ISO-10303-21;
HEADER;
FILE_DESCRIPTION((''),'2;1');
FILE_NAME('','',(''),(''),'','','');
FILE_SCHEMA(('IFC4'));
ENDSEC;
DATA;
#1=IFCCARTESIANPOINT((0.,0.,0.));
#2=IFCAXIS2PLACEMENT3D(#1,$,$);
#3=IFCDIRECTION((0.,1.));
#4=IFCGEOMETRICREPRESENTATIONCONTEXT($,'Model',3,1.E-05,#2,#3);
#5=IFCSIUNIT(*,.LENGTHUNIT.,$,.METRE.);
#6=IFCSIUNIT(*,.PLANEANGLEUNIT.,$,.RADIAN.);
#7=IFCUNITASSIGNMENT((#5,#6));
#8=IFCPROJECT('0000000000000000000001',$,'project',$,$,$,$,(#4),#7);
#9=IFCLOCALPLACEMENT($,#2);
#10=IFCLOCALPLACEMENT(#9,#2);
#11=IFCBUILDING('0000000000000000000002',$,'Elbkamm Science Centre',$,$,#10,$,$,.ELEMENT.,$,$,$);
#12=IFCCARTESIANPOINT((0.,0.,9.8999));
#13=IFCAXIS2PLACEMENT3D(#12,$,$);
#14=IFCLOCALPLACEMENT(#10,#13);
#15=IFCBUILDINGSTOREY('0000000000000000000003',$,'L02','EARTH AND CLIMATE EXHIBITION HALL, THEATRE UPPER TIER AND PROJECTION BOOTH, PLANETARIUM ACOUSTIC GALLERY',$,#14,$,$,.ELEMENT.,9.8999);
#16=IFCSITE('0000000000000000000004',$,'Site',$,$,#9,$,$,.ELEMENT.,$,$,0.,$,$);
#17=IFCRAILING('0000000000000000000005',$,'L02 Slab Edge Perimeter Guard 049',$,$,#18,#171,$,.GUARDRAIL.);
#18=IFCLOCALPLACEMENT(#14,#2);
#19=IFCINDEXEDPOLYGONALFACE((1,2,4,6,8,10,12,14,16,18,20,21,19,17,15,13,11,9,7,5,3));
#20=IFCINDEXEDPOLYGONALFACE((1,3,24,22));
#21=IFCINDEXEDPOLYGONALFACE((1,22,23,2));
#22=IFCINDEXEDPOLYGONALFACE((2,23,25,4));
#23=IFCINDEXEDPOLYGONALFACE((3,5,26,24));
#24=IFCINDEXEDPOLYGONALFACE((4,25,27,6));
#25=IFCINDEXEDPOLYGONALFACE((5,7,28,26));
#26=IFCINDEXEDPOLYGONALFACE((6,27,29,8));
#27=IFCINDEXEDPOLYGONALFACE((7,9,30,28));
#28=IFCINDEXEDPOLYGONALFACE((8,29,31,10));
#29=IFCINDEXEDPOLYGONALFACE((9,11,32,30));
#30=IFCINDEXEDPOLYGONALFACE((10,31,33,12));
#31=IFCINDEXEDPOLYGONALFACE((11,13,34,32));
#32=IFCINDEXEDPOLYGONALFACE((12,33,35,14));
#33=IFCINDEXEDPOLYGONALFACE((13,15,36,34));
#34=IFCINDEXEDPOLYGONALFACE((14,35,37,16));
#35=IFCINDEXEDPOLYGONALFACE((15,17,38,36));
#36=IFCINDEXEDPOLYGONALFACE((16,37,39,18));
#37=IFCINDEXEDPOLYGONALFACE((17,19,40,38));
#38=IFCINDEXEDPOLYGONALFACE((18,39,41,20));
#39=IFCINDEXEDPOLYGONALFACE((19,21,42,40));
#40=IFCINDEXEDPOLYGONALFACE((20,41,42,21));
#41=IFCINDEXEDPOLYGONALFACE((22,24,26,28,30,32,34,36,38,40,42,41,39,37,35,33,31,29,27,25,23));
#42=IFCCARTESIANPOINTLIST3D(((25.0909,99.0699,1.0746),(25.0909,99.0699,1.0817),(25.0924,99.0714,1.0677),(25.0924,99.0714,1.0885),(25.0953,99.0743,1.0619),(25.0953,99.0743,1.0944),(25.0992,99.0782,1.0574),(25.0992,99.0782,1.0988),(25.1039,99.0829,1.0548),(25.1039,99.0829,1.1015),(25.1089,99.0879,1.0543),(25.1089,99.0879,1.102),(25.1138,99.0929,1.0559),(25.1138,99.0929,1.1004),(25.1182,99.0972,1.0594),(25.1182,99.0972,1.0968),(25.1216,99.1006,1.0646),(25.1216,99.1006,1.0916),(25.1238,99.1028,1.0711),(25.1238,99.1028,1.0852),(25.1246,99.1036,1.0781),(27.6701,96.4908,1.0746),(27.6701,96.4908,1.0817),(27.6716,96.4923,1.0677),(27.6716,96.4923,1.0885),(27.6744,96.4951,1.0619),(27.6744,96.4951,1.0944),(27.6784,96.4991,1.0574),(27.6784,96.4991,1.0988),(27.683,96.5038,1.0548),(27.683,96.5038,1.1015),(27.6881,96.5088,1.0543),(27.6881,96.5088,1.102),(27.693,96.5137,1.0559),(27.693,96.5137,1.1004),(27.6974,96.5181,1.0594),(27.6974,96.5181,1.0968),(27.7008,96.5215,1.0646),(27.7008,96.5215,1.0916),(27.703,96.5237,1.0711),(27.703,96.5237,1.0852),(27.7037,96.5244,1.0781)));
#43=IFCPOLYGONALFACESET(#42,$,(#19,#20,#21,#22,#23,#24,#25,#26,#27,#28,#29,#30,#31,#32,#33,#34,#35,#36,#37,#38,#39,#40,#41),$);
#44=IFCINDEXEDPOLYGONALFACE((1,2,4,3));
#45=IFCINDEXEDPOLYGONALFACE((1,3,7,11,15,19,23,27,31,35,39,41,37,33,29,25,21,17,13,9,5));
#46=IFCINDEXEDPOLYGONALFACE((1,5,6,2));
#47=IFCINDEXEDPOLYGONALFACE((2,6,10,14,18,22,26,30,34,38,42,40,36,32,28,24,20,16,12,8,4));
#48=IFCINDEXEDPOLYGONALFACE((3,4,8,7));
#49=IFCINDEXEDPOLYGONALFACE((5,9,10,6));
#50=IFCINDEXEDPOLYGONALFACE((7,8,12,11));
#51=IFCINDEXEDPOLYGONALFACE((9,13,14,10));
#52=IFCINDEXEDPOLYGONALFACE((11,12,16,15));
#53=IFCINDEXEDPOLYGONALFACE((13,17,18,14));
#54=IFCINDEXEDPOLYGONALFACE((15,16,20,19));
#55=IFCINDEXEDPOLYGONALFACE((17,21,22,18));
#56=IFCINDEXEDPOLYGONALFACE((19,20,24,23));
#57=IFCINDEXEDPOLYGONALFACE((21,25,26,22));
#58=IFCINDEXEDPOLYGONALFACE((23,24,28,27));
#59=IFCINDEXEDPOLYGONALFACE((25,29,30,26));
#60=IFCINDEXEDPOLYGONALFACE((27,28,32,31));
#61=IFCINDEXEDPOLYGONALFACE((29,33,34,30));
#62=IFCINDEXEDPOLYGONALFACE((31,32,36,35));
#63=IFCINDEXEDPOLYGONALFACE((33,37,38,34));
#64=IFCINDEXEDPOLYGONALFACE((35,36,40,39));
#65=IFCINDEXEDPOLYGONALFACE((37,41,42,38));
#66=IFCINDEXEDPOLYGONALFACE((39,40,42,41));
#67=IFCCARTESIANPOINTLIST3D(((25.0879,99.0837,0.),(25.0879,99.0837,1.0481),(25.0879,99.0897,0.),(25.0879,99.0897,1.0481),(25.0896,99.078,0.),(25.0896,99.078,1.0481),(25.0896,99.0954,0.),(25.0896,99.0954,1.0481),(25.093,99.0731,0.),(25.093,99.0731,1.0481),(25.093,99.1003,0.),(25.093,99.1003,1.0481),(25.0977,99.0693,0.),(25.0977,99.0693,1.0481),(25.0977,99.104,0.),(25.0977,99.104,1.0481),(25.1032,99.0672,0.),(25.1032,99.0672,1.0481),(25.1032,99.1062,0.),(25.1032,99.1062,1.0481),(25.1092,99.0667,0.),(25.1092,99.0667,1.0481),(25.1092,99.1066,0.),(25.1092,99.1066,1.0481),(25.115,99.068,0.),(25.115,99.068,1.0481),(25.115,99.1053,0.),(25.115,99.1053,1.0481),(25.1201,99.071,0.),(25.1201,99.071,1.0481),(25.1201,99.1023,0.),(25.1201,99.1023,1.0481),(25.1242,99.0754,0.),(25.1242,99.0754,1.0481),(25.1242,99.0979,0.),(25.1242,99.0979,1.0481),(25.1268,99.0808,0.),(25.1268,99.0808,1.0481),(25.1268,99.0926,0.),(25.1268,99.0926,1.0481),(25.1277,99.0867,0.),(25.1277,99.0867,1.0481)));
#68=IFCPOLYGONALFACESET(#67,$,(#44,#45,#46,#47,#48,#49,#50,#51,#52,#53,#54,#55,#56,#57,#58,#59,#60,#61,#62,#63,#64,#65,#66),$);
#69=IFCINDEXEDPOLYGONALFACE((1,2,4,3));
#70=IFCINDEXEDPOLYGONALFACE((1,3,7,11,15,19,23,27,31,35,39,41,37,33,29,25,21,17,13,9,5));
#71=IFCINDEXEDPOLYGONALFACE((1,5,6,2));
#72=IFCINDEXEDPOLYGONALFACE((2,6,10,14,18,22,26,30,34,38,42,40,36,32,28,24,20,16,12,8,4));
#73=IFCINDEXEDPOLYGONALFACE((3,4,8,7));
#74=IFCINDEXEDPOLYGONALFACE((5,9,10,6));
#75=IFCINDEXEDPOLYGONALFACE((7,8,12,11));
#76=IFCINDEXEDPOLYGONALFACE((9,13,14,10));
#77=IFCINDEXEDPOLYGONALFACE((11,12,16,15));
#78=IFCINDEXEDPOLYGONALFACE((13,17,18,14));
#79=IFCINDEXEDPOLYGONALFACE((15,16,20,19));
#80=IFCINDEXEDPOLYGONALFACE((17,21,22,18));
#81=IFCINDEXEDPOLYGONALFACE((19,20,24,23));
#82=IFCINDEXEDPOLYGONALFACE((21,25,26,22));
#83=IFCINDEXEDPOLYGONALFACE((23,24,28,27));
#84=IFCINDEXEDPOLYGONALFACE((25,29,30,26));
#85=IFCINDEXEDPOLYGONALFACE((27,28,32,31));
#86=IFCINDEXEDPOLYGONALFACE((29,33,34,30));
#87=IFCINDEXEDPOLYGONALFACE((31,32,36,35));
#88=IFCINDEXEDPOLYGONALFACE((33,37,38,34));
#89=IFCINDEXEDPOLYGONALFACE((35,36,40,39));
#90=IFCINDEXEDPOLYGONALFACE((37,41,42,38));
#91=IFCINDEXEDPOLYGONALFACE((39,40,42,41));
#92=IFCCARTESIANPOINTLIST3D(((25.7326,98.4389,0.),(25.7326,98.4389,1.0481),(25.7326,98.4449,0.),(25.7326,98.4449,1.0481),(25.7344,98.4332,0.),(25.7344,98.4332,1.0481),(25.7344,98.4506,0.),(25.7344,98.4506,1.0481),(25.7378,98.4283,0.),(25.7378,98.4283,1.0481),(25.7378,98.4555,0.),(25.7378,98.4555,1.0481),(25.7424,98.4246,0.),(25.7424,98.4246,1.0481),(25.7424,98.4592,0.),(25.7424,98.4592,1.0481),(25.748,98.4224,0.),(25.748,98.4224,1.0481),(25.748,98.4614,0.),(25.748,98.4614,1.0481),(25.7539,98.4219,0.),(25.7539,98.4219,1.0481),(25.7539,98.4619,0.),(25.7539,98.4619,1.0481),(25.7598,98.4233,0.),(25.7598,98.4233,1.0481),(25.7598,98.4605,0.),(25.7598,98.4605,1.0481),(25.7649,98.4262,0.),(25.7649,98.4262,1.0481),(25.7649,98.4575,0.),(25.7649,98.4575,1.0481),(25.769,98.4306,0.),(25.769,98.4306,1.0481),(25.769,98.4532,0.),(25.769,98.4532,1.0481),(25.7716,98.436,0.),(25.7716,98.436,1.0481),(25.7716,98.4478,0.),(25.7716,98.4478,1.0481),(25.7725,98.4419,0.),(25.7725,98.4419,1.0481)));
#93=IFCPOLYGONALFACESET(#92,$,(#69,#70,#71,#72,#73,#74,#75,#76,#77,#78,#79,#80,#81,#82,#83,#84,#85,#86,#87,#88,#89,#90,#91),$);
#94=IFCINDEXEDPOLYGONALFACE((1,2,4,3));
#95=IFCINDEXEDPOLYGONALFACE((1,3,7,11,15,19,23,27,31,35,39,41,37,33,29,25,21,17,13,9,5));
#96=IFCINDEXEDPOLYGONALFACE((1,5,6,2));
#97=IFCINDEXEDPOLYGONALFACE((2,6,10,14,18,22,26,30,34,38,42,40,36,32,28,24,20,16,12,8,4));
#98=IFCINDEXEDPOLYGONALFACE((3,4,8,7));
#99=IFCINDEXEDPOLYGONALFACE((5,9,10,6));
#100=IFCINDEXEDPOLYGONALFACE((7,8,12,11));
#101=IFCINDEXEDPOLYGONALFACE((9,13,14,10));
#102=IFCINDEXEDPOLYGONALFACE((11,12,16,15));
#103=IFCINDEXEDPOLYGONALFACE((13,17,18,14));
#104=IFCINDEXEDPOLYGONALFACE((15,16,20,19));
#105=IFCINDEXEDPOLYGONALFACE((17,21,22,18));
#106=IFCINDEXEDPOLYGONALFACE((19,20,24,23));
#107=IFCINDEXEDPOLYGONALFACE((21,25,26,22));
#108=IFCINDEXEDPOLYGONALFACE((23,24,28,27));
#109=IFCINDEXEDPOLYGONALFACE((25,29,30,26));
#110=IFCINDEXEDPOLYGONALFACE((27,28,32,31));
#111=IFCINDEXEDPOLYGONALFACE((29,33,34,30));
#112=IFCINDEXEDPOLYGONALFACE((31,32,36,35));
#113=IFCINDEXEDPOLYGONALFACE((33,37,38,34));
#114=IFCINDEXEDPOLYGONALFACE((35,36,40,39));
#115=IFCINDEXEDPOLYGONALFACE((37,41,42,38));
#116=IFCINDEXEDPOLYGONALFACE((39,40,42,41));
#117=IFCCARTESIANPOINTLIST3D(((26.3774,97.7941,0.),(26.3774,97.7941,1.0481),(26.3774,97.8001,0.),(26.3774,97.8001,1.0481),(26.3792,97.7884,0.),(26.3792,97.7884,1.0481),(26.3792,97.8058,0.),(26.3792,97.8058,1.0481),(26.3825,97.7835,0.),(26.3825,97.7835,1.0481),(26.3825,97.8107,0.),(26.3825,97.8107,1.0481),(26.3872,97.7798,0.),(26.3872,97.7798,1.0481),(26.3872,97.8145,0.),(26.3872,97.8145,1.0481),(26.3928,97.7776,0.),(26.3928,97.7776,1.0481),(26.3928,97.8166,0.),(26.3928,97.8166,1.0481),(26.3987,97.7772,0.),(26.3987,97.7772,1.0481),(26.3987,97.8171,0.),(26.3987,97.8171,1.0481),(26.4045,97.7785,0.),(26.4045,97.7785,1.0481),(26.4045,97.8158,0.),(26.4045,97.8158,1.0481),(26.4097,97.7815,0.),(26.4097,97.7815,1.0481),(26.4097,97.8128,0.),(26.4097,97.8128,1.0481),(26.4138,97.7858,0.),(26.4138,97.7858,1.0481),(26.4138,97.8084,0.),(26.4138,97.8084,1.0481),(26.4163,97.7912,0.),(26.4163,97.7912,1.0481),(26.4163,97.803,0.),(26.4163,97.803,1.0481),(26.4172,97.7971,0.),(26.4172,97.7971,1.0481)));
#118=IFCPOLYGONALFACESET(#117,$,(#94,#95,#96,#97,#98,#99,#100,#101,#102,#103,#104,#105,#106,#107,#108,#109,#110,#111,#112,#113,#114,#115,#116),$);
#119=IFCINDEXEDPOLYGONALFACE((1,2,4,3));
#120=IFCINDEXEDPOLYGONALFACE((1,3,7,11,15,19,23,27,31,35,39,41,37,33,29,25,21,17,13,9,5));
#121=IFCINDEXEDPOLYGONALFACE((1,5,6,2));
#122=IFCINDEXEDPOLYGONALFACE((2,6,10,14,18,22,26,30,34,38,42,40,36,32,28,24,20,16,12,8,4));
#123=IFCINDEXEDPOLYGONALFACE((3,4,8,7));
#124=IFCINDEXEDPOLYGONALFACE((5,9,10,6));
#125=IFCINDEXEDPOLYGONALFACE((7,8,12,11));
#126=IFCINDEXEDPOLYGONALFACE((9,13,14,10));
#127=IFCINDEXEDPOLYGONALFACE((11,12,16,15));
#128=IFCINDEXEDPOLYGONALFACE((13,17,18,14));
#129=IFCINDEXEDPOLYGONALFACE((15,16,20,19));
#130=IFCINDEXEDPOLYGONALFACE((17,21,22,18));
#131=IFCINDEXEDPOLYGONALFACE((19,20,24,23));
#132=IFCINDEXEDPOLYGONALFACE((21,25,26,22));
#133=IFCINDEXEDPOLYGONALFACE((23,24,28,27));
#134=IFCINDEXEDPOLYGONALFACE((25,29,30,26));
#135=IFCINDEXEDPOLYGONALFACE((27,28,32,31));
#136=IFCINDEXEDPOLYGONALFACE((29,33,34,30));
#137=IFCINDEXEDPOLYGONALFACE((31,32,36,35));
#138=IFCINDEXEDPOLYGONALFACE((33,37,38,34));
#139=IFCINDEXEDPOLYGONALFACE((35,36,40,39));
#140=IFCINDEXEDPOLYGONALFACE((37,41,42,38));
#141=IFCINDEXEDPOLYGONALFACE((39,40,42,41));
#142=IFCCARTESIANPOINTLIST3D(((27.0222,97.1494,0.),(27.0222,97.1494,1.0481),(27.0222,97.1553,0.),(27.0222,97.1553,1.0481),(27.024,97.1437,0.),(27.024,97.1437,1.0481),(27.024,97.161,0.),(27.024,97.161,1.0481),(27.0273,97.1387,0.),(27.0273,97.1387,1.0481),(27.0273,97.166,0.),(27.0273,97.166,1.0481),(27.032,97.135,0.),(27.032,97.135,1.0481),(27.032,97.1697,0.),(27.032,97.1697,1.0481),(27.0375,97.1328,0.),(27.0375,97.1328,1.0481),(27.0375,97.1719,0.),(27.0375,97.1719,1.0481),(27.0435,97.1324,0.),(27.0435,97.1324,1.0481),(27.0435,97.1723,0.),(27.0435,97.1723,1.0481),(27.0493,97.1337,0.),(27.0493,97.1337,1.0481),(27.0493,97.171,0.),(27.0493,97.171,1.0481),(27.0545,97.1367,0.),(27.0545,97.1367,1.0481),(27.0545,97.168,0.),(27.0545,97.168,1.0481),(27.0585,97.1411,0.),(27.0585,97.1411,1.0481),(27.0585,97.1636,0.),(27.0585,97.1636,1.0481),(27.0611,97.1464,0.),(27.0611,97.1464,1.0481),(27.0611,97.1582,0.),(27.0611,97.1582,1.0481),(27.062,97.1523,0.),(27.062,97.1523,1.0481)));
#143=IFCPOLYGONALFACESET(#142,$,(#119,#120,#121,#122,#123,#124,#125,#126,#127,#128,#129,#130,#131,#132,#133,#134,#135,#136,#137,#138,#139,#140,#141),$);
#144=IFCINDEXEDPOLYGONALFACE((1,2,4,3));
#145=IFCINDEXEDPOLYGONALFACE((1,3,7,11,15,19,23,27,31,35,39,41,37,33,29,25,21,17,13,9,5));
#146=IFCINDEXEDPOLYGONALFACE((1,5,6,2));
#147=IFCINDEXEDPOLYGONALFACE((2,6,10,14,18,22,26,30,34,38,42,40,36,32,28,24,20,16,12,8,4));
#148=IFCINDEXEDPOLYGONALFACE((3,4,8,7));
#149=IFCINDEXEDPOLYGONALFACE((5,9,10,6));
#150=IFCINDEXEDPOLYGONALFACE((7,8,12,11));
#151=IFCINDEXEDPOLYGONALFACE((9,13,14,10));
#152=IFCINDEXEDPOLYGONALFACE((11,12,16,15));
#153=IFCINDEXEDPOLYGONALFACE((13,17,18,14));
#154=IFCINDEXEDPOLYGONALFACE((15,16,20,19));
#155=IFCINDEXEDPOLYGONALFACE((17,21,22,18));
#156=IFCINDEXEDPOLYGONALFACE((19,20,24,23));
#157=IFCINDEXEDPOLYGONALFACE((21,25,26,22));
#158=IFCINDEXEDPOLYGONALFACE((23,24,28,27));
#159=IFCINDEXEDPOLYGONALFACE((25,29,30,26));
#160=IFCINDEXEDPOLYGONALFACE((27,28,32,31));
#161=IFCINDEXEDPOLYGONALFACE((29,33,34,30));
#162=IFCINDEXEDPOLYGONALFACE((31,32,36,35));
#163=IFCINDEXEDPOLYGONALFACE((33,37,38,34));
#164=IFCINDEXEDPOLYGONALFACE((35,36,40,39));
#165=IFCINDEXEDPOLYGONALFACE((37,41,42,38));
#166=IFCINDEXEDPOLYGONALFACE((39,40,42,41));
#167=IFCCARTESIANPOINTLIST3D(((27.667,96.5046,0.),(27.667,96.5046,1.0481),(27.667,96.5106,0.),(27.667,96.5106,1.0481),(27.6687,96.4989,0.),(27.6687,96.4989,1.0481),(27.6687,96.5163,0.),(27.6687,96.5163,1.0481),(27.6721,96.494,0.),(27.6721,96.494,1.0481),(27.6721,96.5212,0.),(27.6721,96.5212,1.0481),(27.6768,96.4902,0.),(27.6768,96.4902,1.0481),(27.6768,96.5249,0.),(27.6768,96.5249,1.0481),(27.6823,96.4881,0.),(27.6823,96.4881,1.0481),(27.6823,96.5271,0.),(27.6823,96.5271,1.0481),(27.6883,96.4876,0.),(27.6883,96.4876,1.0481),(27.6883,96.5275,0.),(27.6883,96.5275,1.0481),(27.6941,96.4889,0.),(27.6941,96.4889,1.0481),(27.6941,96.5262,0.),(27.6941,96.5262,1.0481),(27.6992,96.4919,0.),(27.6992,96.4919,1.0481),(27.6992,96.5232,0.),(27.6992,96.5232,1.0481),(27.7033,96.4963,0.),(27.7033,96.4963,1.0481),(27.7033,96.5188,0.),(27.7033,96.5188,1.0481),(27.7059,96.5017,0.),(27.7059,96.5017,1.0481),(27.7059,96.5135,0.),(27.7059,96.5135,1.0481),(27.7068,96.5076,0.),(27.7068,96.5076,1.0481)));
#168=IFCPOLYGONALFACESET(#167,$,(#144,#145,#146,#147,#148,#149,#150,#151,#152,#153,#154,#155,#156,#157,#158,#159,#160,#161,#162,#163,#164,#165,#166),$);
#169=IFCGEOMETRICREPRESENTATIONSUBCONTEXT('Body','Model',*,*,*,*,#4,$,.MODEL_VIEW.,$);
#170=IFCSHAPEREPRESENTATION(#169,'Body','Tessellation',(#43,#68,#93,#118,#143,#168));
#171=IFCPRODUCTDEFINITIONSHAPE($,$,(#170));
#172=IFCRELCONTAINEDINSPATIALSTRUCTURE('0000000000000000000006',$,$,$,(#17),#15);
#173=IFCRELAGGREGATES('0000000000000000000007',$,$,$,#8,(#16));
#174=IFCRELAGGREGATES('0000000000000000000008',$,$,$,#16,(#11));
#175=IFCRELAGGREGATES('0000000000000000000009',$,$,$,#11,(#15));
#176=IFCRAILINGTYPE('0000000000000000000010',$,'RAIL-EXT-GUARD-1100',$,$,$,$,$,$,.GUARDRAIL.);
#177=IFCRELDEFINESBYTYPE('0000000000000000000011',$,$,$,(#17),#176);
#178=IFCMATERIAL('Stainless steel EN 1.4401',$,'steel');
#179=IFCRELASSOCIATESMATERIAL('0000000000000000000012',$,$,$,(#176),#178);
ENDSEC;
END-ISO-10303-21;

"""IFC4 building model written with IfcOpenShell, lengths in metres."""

from ifc_helpers import new_model, si_unit, direction, frame, origin, origin_2d, place, context, subcontext, project, spatial, circle, extrude, material, type_object, element, save


model = new_model("IFC4")

# Units and contexts
model_context = context("Model", 3, precision=1e-05, world=origin(), true_north=direction((0.0, 1.0)))
body_context = subcontext(model_context, "Body", "Model", "MODEL_VIEW")
ifc_project = project(units=[si_unit("LENGTHUNIT", "METRE"), si_unit("PLANEANGLEUNIT", "RADIAN")], contexts=[model_context])

# Site, building, storey
site_placement = place(None, origin())
site = spatial("IfcSite", under=ifc_project, at=site_placement, Name="Site", CompositionType="ELEMENT", RefElevation=0.0)
building_placement = place(site_placement, origin())
building = spatial("IfcBuilding", under=site, at=building_placement, Name="Elbkamm Science Centre", CompositionType="ELEMENT")
storey_placement = place(building_placement, frame((0.0, 0.0, 9.8999)))
storey = spatial("IfcBuildingStorey", under=building, at=storey_placement, Name="L02", Description="EARTH AND CLIMATE EXHIBITION HALL, THEATRE UPPER TIER AND PROJECTION BOOTH, PLANETARIUM ACOUSTIC GALLERY", CompositionType="ELEMENT", Elevation=9.8999)

# Railing
ifc_material_1 = material(Name="Stainless steel EN 1.4401", Category="steel")
railing_type_1 = type_object("IfcRailingType", Name="RAIL-EXT-GUARD-1100", PredefinedType="GUARDRAIL", material=ifc_material_1)
railing_1_placement = place(storey_placement, frame((25.1077, 99.0867, 0.0)))
element("IfcRailing", 1, at=railing_1_placement, inside=storey, type_object=railing_type_1, Name="L02 Slab Edge Perimeter Guard 049", PredefinedType="GUARDRAIL", context=body_context, shape_type="SweptSolid", body=[
    extrude(circle(Radius=0.0239, at=origin_2d()), frame((0.0, 0.0, 1.0781), z_axis=(0.707107, -0.707107, 0.0), x_axis=(0.707107, 0.707107, 0.0)), (0.0, 0.0, 1.0), 3.6475),
    extrude(circle(Radius=0.02, at=origin_2d()), origin(), (0.0, 0.0, 1.0), 1.0481),
    extrude(circle(Radius=0.02, at=origin_2d()), frame((0.6448, -0.6448, 0.0)), (0.0, 0.0, 1.0), 1.0481),
    extrude(circle(Radius=0.02, at=origin_2d()), frame((1.2896, -1.2896, 0.0)), (0.0, 0.0, 1.0), 1.0481),
    extrude(circle(Radius=0.02, at=origin_2d()), frame((1.9343, -1.9343, 0.0)), (0.0, 0.0, 1.0), 1.0481),
    extrude(circle(Radius=0.02, at=origin_2d()), frame((2.5791, -2.5791, 0.0)), (0.0, 0.0, 1.0), 1.0481),
])

save(model, "model.ifc")
